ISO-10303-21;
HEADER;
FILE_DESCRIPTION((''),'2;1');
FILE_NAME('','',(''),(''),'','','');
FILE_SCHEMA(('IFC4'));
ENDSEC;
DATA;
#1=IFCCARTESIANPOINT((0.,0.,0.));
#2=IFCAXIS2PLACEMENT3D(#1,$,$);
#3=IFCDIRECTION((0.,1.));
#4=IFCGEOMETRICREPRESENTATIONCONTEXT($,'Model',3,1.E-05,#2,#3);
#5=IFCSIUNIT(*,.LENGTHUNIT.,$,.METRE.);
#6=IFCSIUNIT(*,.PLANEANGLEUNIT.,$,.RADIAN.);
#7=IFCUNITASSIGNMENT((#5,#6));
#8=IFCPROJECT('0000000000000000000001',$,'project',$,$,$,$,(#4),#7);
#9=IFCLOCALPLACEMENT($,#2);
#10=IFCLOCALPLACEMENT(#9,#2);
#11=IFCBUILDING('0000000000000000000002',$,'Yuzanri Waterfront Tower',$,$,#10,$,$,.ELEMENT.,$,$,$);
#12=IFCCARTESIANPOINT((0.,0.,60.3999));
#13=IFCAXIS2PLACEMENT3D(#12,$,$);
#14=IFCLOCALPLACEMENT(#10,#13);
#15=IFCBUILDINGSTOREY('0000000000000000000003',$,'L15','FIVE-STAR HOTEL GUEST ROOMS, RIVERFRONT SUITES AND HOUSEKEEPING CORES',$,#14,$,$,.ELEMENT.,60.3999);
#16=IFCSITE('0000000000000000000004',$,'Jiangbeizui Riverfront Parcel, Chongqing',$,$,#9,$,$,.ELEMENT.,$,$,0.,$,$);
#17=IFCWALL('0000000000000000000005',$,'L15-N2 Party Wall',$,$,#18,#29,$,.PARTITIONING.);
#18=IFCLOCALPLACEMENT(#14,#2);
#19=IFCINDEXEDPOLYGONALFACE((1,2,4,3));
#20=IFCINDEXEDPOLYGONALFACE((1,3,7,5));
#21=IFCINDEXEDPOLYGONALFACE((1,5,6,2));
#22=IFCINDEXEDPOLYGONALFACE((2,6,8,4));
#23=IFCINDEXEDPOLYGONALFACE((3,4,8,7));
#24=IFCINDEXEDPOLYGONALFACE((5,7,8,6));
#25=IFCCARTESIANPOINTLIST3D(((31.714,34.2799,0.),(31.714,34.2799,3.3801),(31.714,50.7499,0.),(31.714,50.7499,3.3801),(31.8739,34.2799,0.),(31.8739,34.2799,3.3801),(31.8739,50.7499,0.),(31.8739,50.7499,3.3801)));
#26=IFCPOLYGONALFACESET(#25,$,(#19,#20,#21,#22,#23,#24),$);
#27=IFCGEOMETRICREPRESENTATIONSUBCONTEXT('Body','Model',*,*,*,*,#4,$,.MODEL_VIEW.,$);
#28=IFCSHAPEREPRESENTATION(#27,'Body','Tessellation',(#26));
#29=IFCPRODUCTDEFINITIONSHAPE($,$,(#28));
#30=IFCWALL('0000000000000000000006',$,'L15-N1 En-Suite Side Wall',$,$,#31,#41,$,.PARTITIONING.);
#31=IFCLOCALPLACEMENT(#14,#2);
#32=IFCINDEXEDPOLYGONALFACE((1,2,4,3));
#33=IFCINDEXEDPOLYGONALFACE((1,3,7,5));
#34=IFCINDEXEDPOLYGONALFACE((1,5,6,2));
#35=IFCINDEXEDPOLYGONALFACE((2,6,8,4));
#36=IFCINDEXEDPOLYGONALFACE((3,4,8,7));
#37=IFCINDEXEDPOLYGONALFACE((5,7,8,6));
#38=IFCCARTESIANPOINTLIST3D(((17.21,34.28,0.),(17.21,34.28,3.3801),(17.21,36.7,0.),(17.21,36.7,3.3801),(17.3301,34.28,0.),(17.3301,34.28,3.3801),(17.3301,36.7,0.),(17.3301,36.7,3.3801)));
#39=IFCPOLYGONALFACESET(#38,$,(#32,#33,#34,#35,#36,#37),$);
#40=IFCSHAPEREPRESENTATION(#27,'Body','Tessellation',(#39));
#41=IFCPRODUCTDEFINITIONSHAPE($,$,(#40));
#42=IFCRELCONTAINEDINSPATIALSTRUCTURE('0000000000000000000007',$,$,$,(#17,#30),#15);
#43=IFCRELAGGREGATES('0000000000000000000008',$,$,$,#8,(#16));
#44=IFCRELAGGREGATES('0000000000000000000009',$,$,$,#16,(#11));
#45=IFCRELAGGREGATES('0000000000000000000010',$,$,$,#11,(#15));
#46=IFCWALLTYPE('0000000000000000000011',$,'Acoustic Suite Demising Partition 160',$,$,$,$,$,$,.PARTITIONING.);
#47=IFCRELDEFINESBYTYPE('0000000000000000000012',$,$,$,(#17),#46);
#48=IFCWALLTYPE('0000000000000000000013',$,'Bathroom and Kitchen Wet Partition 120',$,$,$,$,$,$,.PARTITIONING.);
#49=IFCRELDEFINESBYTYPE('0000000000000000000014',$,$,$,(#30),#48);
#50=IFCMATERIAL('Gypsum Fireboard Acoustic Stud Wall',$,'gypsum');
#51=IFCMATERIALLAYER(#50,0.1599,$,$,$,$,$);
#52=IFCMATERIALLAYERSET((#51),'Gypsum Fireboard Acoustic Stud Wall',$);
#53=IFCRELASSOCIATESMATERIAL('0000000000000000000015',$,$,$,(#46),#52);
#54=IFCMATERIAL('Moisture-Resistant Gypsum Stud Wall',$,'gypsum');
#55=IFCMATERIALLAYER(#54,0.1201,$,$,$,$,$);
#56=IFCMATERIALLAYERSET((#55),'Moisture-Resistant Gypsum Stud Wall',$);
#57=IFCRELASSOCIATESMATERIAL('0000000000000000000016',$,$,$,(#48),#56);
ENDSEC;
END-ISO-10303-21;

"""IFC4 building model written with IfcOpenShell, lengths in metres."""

from ifc_helpers import new_model, si_unit, direction, frame, frame_2d, origin, place, context, subcontext, project, spatial, rectangle, extrude, source, transform, mapped, material, layer, layer_set, type_object, element, save


model = new_model("IFC4")

# Units and contexts
model_context = context("Model", 3, precision=1e-05, world=origin(), true_north=direction((0.0, 1.0)))
body_context = subcontext(model_context, "Body", "Model", "MODEL_VIEW")
ifc_project = project(units=[si_unit("LENGTHUNIT", "METRE"), si_unit("PLANEANGLEUNIT", "RADIAN")], contexts=[model_context])

# Site, building, storey
site_placement = place(None, origin())
site = spatial("IfcSite", under=ifc_project, at=site_placement, Name="Jiangbeizui Riverfront Parcel, Chongqing", CompositionType="ELEMENT", RefElevation=0.0)
building_placement = place(site_placement, origin())
building = spatial("IfcBuilding", under=site, at=building_placement, Name="Yuzanri Waterfront Tower", CompositionType="ELEMENT")
storey_placement = place(building_placement, frame((0.0, 0.0, 60.3999)))
storey = spatial("IfcBuildingStorey", under=building, at=storey_placement, Name="L15", Description="FIVE-STAR HOTEL GUEST ROOMS, RIVERFRONT SUITES AND HOUSEKEEPING CORES", CompositionType="ELEMENT", Elevation=60.3999)

# Walls
ifc_material_1 = material(Name="Gypsum Fireboard Acoustic Stud Wall", Category="gypsum")
ifc_layer_1 = layer(ifc_material_1, 0.1599)
ifc_layer_set_1 = layer_set([ifc_layer_1], Name="Gypsum Fireboard Acoustic Stud Wall")
wall_type_1 = type_object("IfcWallType", Name="Acoustic Suite Demising Partition 160", PredefinedType="PARTITIONING", material=ifc_layer_set_1)
shared_shape_1 = source(origin(), body_context, "Body", "SweptSolid", [
    extrude(rectangle(XDim=16.47, YDim=0.1599, at=frame_2d((8.2349, 0.0))), origin(), (0.0, 0.0, 1.0), 3.3801),
])
for number, where, z_axis, x_axis, name in (
    (1, (31.7939, 34.28, 0.0), (0.0, 0.0, 1.0), (0.0, 1.0, 0.0), "L15-N2 Party Wall"),
):
    element("IfcWall", number, at=place(storey_placement, frame(where, z_axis=z_axis, x_axis=x_axis)), inside=storey, type_object=wall_type_1, Name=name, PredefinedType="PARTITIONING", context=body_context, shape_type="MappedRepresentation", body=[
        mapped(shared_shape_1, transform((0.0, 0.0, 0.0), scale=1.0)),
    ])
ifc_material_2 = material(Name="Moisture-Resistant Gypsum Stud Wall", Category="gypsum")
ifc_layer_2 = layer(ifc_material_2, 0.1201)
ifc_layer_set_2 = layer_set([ifc_layer_2], Name="Moisture-Resistant Gypsum Stud Wall")
wall_type_2 = type_object("IfcWallType", Name="Bathroom and Kitchen Wet Partition 120", PredefinedType="PARTITIONING", material=ifc_layer_set_2)
shared_shape_2 = source(origin(), body_context, "Body", "SweptSolid", [
    extrude(rectangle(XDim=2.4199, YDim=0.1201, at=frame_2d((1.21, 0.0))), origin(), (0.0, 0.0, 1.0), 3.3801),
])
wall_1_placement = place(storey_placement, frame((17.27, 34.28, 0.0), z_axis=(0.0, 0.0, 1.0), x_axis=(0.0, 1.0, 0.0)))
element("IfcWall", 2, at=wall_1_placement, inside=storey, type_object=wall_type_2, Name="L15-N1 En-Suite Side Wall", PredefinedType="PARTITIONING", context=body_context, shape_type="MappedRepresentation", body=[
    mapped(shared_shape_2, transform((0.0, 0.0, 0.0), scale=1.0)),
])

save(model, "model.ifc")
